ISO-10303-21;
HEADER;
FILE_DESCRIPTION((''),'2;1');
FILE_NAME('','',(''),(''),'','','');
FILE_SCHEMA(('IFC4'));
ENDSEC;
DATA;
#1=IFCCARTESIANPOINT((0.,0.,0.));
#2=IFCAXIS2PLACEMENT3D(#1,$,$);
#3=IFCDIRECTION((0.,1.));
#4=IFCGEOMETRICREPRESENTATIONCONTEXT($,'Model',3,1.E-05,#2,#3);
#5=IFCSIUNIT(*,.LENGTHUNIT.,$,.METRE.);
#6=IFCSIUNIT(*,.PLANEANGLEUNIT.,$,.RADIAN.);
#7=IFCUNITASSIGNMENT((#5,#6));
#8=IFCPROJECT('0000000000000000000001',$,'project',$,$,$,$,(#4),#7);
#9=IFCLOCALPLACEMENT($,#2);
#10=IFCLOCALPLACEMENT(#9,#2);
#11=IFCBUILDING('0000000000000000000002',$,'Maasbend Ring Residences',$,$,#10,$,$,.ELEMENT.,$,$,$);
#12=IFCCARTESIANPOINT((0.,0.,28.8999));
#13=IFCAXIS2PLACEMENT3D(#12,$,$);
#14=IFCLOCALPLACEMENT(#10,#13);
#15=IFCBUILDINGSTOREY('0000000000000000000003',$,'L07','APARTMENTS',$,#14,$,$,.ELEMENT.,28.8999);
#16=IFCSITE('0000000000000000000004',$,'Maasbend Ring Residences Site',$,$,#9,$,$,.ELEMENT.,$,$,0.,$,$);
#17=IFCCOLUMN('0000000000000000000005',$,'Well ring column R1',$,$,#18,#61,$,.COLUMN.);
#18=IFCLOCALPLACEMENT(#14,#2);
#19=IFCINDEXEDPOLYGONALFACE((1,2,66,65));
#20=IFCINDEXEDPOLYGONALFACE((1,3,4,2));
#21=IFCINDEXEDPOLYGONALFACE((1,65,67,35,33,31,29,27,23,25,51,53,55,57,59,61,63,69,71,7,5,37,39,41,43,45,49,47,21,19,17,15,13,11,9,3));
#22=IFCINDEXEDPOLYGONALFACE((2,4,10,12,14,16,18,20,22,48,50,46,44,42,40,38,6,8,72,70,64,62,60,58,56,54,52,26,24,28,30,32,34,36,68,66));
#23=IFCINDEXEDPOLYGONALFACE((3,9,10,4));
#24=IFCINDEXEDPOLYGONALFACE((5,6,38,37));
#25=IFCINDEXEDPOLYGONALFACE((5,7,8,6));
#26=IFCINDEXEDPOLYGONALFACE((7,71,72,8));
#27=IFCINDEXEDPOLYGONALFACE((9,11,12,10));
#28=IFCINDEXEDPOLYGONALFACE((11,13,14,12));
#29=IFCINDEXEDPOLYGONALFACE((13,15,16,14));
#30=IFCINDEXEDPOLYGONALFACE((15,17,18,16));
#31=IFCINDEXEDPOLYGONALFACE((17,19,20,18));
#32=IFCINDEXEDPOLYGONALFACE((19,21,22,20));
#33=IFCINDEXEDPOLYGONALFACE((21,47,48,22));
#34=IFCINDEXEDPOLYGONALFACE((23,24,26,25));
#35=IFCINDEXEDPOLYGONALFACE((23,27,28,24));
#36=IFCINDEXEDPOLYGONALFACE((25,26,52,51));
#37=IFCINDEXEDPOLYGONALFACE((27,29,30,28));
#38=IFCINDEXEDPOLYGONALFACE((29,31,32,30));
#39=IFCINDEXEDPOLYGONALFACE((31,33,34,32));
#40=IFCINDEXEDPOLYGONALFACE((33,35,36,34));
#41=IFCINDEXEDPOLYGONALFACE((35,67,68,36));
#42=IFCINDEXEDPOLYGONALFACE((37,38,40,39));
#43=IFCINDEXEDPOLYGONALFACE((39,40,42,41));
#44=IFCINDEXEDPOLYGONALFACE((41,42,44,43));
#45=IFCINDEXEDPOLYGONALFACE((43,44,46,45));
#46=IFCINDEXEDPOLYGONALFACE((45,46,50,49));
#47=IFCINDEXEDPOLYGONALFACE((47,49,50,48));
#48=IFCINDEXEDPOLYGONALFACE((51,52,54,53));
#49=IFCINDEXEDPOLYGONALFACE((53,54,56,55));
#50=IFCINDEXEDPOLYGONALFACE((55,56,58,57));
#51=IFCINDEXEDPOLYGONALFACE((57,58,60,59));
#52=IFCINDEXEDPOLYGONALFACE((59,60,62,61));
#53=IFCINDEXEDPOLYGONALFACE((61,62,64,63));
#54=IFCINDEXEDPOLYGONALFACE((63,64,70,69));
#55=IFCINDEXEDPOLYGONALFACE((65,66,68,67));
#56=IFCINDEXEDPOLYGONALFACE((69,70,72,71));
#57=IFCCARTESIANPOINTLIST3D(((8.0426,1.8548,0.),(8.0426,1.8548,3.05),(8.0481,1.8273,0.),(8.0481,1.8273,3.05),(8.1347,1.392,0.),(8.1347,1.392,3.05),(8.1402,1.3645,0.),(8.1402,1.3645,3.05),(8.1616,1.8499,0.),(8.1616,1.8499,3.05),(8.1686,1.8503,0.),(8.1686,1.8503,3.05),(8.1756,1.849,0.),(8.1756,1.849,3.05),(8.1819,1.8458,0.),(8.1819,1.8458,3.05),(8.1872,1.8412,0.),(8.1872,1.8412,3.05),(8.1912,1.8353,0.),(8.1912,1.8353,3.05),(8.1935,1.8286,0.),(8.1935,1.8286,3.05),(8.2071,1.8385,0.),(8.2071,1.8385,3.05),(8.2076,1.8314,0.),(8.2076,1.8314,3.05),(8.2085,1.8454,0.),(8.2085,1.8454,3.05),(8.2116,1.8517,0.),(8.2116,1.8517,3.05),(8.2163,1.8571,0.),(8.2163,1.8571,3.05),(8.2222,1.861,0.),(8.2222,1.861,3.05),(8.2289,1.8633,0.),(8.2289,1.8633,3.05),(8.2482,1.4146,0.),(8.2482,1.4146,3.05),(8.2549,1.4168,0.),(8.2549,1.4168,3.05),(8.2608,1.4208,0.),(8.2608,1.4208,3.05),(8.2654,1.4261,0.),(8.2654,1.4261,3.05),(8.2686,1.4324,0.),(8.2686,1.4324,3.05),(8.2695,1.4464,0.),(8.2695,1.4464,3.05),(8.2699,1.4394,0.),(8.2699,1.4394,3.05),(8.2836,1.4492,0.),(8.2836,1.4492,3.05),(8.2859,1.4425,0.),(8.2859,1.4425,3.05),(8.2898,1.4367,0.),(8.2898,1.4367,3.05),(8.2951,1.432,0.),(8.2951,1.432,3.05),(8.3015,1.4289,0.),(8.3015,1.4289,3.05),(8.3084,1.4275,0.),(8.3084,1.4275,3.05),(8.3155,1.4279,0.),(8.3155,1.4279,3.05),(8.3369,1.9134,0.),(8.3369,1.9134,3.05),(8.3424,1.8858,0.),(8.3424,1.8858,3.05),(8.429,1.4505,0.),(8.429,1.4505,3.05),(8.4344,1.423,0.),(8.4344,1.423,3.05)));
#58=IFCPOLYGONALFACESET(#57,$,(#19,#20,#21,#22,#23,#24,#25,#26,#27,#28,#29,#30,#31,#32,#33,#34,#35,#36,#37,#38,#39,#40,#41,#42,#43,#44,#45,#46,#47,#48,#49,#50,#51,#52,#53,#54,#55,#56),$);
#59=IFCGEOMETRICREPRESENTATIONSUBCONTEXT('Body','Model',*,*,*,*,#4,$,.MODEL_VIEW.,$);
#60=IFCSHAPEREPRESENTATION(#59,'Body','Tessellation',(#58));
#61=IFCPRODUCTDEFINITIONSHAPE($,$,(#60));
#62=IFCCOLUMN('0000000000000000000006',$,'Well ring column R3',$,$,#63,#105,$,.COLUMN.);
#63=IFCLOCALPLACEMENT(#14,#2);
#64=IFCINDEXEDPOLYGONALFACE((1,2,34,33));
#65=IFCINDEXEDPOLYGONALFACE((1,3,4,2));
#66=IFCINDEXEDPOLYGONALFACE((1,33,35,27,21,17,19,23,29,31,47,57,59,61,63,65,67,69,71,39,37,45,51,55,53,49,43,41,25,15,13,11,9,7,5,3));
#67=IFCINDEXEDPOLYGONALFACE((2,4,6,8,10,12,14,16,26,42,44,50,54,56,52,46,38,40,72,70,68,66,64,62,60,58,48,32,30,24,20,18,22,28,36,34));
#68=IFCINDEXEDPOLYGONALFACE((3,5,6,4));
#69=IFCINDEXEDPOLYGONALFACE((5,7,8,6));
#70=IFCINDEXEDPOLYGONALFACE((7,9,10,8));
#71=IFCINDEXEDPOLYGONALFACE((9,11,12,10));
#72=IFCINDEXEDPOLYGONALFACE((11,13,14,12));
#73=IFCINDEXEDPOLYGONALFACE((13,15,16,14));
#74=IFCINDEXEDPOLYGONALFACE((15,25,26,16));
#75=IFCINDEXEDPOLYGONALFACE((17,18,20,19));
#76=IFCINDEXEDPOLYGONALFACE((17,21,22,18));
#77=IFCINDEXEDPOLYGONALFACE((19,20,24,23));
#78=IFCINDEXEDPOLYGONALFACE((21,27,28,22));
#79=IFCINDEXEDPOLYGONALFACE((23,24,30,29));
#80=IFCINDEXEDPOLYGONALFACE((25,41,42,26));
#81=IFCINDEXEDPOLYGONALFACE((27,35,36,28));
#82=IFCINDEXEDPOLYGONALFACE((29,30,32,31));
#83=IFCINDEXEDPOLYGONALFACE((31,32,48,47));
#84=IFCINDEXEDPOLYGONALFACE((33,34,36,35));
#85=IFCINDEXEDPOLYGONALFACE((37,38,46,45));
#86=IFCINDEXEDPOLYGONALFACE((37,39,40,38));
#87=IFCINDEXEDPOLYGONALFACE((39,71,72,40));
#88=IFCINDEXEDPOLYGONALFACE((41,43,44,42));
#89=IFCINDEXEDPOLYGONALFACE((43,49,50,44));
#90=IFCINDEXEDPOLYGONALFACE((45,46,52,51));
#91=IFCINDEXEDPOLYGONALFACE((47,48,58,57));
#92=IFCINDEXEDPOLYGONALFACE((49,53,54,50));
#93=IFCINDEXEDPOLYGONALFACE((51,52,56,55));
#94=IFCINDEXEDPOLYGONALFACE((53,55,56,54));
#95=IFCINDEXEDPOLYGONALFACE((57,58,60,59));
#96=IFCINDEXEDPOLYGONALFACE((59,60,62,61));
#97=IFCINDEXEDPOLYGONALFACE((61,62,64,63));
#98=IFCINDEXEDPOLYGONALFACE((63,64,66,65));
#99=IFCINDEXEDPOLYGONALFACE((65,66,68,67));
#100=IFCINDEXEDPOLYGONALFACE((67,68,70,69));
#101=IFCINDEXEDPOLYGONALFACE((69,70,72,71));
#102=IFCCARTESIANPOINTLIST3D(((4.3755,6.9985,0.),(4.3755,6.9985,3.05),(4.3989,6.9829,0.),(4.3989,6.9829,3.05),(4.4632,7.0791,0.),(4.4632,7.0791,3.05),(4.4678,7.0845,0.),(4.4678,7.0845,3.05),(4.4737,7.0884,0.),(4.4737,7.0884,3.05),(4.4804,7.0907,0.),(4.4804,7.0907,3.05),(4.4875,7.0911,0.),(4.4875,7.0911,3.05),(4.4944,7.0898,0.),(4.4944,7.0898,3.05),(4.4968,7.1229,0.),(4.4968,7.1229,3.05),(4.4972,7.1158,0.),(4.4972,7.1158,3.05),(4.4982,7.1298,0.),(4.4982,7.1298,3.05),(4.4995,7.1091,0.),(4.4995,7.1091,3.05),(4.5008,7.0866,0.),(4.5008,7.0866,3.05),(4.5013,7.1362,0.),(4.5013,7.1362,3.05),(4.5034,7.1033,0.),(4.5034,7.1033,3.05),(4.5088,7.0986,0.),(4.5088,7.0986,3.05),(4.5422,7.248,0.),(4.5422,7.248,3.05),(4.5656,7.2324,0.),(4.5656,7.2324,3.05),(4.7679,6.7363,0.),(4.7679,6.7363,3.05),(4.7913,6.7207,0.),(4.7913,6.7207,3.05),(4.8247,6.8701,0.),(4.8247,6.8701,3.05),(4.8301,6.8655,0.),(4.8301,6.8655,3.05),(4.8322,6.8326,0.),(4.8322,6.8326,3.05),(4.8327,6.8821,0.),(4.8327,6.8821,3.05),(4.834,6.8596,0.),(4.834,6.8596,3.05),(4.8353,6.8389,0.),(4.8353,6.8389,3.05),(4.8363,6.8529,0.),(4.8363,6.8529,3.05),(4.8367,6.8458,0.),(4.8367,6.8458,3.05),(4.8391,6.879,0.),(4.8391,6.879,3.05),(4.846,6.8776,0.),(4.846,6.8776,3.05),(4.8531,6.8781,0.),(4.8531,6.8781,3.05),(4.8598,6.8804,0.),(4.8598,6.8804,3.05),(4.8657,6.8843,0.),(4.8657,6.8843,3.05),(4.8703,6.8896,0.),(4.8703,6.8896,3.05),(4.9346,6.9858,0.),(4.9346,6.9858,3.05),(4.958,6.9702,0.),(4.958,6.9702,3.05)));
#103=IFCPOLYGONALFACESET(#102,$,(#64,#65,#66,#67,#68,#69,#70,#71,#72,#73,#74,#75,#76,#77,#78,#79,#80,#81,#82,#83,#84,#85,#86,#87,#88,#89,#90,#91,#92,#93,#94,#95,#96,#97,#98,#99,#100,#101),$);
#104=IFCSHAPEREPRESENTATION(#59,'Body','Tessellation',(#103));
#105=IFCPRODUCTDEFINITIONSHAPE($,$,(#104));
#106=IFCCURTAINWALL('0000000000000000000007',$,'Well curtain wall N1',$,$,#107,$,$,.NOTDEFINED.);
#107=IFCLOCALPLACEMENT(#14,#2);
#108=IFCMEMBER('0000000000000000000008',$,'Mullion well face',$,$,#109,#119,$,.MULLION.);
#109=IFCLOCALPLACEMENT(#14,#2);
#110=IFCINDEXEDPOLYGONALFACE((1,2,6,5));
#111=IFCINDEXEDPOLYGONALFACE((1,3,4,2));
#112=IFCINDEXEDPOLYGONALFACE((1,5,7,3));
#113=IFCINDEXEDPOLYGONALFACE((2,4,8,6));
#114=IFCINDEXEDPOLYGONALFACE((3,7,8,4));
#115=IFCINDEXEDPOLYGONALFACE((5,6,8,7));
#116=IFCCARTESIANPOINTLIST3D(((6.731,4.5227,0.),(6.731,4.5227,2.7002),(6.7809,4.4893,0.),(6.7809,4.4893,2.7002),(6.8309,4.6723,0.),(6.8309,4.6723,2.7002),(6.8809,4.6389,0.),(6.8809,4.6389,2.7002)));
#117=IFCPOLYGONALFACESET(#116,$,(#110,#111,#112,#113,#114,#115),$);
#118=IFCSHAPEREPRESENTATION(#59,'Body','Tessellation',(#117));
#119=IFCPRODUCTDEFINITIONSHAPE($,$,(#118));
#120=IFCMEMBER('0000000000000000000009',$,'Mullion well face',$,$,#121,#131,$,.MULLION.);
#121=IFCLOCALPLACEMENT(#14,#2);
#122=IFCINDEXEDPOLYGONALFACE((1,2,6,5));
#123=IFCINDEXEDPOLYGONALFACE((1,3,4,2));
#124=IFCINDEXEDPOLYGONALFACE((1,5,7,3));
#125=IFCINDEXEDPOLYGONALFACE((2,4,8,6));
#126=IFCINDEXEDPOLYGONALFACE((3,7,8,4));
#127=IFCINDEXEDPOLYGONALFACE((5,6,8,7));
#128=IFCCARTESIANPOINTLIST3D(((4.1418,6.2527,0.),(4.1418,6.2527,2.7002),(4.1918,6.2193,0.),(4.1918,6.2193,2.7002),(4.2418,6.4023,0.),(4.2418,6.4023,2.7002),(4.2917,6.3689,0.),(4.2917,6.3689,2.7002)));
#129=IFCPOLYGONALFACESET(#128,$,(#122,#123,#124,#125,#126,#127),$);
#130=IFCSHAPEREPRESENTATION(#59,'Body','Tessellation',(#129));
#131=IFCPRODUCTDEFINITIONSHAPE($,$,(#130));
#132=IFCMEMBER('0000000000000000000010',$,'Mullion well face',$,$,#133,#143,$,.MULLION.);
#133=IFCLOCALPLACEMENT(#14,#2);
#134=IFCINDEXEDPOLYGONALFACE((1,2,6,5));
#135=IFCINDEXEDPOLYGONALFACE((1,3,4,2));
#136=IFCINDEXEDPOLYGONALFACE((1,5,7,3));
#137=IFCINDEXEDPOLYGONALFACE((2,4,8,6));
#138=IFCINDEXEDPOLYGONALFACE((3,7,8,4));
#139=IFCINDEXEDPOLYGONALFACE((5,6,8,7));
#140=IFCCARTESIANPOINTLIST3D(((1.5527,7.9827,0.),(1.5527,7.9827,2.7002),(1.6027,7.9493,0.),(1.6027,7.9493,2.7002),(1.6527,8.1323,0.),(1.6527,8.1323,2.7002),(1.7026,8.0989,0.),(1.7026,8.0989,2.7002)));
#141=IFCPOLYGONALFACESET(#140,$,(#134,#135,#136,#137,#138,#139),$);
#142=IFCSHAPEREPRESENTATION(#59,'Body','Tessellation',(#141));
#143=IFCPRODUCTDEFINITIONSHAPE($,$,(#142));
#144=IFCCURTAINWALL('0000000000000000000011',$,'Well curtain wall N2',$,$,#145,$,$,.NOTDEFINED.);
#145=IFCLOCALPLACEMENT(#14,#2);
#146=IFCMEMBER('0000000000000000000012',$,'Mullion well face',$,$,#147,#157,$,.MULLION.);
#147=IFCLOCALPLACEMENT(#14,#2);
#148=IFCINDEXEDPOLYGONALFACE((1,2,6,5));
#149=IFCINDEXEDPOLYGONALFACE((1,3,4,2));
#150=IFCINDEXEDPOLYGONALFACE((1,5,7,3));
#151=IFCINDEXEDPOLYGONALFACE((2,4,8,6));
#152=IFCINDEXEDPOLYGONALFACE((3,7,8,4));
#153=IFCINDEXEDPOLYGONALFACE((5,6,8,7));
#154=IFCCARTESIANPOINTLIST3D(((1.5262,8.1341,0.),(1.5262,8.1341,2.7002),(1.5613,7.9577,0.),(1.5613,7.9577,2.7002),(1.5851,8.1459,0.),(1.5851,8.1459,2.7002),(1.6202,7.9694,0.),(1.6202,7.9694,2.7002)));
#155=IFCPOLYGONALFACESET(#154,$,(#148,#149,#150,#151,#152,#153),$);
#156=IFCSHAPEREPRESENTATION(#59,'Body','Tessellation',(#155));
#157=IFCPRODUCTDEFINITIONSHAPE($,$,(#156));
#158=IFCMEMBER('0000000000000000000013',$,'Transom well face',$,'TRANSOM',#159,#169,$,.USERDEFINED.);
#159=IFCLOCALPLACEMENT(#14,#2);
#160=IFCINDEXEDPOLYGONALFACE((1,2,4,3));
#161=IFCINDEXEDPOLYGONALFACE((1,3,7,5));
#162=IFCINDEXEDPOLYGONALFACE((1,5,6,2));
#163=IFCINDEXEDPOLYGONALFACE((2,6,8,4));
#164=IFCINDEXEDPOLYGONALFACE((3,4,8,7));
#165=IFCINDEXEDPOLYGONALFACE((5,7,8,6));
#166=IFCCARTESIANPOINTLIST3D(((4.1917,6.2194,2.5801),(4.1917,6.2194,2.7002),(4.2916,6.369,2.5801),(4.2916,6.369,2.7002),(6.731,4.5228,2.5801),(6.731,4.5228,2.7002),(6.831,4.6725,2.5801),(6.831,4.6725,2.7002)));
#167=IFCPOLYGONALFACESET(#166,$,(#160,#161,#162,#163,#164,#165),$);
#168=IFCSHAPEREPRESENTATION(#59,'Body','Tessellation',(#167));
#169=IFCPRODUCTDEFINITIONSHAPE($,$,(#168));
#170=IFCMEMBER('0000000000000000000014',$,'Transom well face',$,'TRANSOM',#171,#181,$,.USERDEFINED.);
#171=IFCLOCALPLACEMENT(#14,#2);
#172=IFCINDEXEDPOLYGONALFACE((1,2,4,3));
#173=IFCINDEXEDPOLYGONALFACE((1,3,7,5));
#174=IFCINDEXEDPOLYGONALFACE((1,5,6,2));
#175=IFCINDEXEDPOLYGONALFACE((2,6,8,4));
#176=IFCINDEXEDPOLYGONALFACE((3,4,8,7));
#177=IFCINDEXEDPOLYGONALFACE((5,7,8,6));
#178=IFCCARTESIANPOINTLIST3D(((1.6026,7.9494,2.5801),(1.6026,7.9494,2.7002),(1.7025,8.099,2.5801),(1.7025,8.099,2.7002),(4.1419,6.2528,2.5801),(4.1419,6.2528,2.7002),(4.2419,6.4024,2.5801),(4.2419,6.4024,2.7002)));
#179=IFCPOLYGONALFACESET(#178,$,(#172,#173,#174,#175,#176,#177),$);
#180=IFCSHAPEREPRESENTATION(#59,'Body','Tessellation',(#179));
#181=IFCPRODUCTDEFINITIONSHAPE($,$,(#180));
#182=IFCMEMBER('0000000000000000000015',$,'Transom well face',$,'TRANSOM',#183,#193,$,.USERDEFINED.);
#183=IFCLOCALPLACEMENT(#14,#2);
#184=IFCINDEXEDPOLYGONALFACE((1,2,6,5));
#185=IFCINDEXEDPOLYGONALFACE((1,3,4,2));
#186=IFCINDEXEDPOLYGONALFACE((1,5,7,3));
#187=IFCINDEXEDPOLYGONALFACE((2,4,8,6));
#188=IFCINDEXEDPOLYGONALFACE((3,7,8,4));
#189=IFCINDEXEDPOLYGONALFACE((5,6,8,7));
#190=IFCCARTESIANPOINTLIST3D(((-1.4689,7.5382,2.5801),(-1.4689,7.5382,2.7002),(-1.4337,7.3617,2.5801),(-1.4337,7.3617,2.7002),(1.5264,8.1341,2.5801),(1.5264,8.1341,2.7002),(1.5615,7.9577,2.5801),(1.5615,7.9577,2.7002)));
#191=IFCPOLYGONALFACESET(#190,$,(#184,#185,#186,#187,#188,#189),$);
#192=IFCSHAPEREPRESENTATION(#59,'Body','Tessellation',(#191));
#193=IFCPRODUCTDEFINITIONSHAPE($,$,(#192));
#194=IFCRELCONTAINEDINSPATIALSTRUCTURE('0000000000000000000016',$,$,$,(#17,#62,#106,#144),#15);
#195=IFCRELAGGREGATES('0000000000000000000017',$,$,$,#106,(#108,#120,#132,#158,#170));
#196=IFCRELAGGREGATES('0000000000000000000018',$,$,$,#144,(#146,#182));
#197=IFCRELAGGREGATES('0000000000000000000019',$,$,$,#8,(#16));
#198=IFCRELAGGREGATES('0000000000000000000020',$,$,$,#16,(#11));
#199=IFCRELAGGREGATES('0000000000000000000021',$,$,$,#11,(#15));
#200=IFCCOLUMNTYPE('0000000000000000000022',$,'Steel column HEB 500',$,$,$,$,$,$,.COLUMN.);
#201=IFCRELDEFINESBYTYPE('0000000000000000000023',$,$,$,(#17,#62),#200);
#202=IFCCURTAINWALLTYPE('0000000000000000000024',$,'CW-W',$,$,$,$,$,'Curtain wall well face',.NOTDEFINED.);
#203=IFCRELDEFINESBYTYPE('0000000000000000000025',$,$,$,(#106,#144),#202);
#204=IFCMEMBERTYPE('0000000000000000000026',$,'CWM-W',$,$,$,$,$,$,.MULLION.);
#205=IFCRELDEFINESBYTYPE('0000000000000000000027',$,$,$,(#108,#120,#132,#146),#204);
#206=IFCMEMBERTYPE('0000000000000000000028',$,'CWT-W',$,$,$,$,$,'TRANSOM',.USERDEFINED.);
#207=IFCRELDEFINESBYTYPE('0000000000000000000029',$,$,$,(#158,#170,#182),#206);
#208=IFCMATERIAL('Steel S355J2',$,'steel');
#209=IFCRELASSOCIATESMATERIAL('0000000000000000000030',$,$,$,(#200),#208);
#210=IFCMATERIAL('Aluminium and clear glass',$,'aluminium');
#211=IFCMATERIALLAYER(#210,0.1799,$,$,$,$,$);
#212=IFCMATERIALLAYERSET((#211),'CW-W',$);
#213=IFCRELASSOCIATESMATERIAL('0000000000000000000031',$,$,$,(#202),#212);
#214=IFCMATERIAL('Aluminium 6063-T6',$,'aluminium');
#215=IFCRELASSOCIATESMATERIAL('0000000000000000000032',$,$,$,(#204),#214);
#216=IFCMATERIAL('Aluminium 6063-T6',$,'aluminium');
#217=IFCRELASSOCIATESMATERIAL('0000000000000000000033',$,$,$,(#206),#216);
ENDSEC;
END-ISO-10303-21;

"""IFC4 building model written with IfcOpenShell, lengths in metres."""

from ifc_helpers import new_model, si_unit, direction, frame, origin, origin_2d, place, context, subcontext, project, spatial, rectangle, i_section, extrude, material, layer, layer_set, material_profile, profile_set, type_object, element, aggregate, save


model = new_model("IFC4")

# Units and contexts
model_context = context("Model", 3, precision=1e-05, world=origin(), true_north=direction((0.0, 1.0)))
body_context = subcontext(model_context, "Body", "Model", "MODEL_VIEW")
ifc_project = project(units=[si_unit("LENGTHUNIT", "METRE"), si_unit("PLANEANGLEUNIT", "RADIAN")], contexts=[model_context])

# Site, building, storey
site_placement = place(None, origin())
site = spatial("IfcSite", under=ifc_project, at=site_placement, Name="Maasbend Ring Residences Site", CompositionType="ELEMENT", RefElevation=0.0)
building_placement = place(site_placement, origin())
building = spatial("IfcBuilding", under=site, at=building_placement, Name="Maasbend Ring Residences", CompositionType="ELEMENT")
storey_placement = place(building_placement, frame((0.0, 0.0, 28.8999)))
storey = spatial("IfcBuildingStorey", under=building, at=storey_placement, Name="L07", Description="APARTMENTS", CompositionType="ELEMENT", Elevation=28.8999)

# Columns
ifc_material_1 = material(Name="Steel S355J2", Category="steel")
ifc_material_profile_1 = material_profile(ifc_material_1, i_section(OverallWidth=0.3, OverallDepth=0.5, WebThickness=0.0144, FlangeThickness=0.0281, FilletRadius=0.0271, at=origin_2d()), Name="HEB 500")
ifc_profile_set_1 = profile_set([ifc_material_profile_1], Name="Steel S355J2")
column_type = type_object("IfcColumnType", Name="Steel column HEB 500", PredefinedType="COLUMN", material=ifc_profile_set_1)
for number, where, z_axis, x_axis, name in (
    (1, (8.2385, 1.6389, 0.0), (0.0, 0.0, 1.0), (0.980785, 0.19509, 0.0), "Well ring column R1"),
    (2, (4.6667, 6.9844, 0.0), (0.0, 0.0, 1.0), (0.55557, 0.83147, 0.0), "Well ring column R3"),
):
    element("IfcColumn", number, at=place(storey_placement, frame(where, z_axis=z_axis, x_axis=x_axis)), inside=storey, type_object=column_type, Name=name, PredefinedType="COLUMN", context=body_context, shape_type="SweptSolid", body=[
        extrude(i_section(OverallWidth=0.3, OverallDepth=0.5, WebThickness=0.0144, FlangeThickness=0.0281, FilletRadius=0.0271, at=origin_2d()), origin(), (0.0, 0.0, 1.0), 3.05),
    ])

# Curtain wall, members
ifc_material_2 = material(Name="Aluminium and clear glass", Category="aluminium")
ifc_layer_1 = layer(ifc_material_2, 0.1799)
ifc_layer_set_1 = layer_set([ifc_layer_1], Name="CW-W")
curtain_wall_type = type_object("IfcCurtainWallType", Name="CW-W", ElementType="Curtain wall well face", PredefinedType="NOTDEFINED", material=ifc_layer_set_1)
curtain_wall_1_placement = place(storey_placement, origin())
curtain_wall_1 = element("IfcCurtainWall", 3, at=curtain_wall_1_placement, inside=storey, type_object=curtain_wall_type, Name="Well curtain wall N1", PredefinedType="NOTDEFINED")
ifc_material_3 = material(Name="Aluminium 6063-T6", Category="aluminium")
ifc_material_profile_2 = material_profile(ifc_material_3, rectangle(XDim=0.1799, YDim=0.0601, at=origin_2d()), Name="AL 180x60")
ifc_profile_set_2 = profile_set([ifc_material_profile_2], Name="Aluminium 6063-T6")
member_type_1 = type_object("IfcMemberType", Name="CWM-W", PredefinedType="MULLION", material=ifc_profile_set_2)
member_1_placement = place(storey_placement, frame((6.8059, 4.5808, 0.0), z_axis=(0.0, 0.0, 1.0), x_axis=(-0.55557, -0.83147, 0.0)))
member_1 = element("IfcMember", 4, at=member_1_placement, type_object=member_type_1, Name="Mullion well face", PredefinedType="MULLION", context=body_context, shape_type="SweptSolid", body=[
    extrude(rectangle(XDim=0.1799, YDim=0.0601, at=origin_2d()), origin(), (0.0, 0.0, 1.0), 2.7002),
])
member_2_placement = place(storey_placement, frame((4.2168, 6.3108, 0.0), z_axis=(0.0, 0.0, 1.0), x_axis=(-0.55557, -0.83147, 0.0)))
member_2 = element("IfcMember", 5, at=member_2_placement, type_object=member_type_1, Name="Mullion well face", PredefinedType="MULLION", context=body_context, shape_type="SweptSolid", body=[
    extrude(rectangle(XDim=0.1799, YDim=0.0601, at=origin_2d()), origin(), (0.0, 0.0, 1.0), 2.7002),
])
member_3_placement = place(storey_placement, frame((1.6277, 8.0408, 0.0), z_axis=(0.0, 0.0, 1.0), x_axis=(-0.55557, -0.83147, 0.0)))
member_3 = element("IfcMember", 6, at=member_3_placement, type_object=member_type_1, Name="Mullion well face", PredefinedType="MULLION", context=body_context, shape_type="SweptSolid", body=[
    extrude(rectangle(XDim=0.1799, YDim=0.0601, at=origin_2d()), origin(), (0.0, 0.0, 1.0), 2.7002),
])

# Curtain wall, member
curtain_wall_2_placement = place(storey_placement, origin())
curtain_wall_2 = element("IfcCurtainWall", 7, at=curtain_wall_2_placement, inside=storey, type_object=curtain_wall_type, Name="Well curtain wall N2", PredefinedType="NOTDEFINED")
member_4_placement = place(storey_placement, frame((1.5732, 8.0518, 0.0), z_axis=(0.0, 0.0, 1.0), x_axis=(0.19509, -0.980785, 0.0)))
member_4 = element("IfcMember", 8, at=member_4_placement, type_object=member_type_1, Name="Mullion well face", PredefinedType="MULLION", context=body_context, shape_type="SweptSolid", body=[
    extrude(rectangle(XDim=0.1799, YDim=0.0601, at=origin_2d()), origin(), (0.0, 0.0, 1.0), 2.7002),
])

# Members
ifc_material_4 = material(Name="Aluminium 6063-T6", Category="aluminium")
ifc_material_profile_3 = material_profile(ifc_material_4, rectangle(XDim=0.1799, YDim=0.1201, at=origin_2d()), Name="AL 180x120")
ifc_profile_set_3 = profile_set([ifc_material_profile_3], Name="Aluminium 6063-T6")
member_type_2 = type_object("IfcMemberType", Name="CWT-W", ElementType="TRANSOM", PredefinedType="USERDEFINED", material=ifc_profile_set_3)
member_5_placement = place(storey_placement, frame((6.781, 4.5977, 2.6401), z_axis=(-0.831496, 0.55553, 0.0), x_axis=(-0.55553, -0.831496, 0.0)))
member_5 = element("IfcMember", 9, at=member_5_placement, type_object=member_type_2, Name="Transom well face", ObjectType="TRANSOM", PredefinedType="USERDEFINED", context=body_context, shape_type="SweptSolid", body=[
    extrude(rectangle(XDim=0.1799, YDim=0.1201, at=origin_2d()), origin(), (0.0, 0.0, 1.0), 3.054),
])
member_6_placement = place(storey_placement, frame((4.1919, 6.3276, 2.6401), z_axis=(-0.831496, 0.55553, 0.0), x_axis=(-0.55553, -0.831496, 0.0)))
member_6 = element("IfcMember", 10, at=member_6_placement, type_object=member_type_2, Name="Transom well face", ObjectType="TRANSOM", PredefinedType="USERDEFINED", context=body_context, shape_type="SweptSolid", body=[
    extrude(rectangle(XDim=0.1799, YDim=0.1201, at=origin_2d()), origin(), (0.0, 0.0, 1.0), 3.054),
])
member_7_placement = place(storey_placement, frame((1.5439, 8.0459, 2.6401), z_axis=(-0.980777, -0.195132, 0.0), x_axis=(0.195132, -0.980777, 0.0)))
member_7 = element("IfcMember", 11, at=member_7_placement, type_object=member_type_2, Name="Transom well face", ObjectType="TRANSOM", PredefinedType="USERDEFINED", context=body_context, shape_type="SweptSolid", body=[
    extrude(rectangle(XDim=0.1799, YDim=0.1201, at=origin_2d()), origin(), (0.0, 0.0, 1.0), 3.054),
])

aggregate(curtain_wall_1, [member_1, member_2, member_3, member_5, member_6])
aggregate(curtain_wall_2, [member_4, member_7])

save(model, "model.ifc")
